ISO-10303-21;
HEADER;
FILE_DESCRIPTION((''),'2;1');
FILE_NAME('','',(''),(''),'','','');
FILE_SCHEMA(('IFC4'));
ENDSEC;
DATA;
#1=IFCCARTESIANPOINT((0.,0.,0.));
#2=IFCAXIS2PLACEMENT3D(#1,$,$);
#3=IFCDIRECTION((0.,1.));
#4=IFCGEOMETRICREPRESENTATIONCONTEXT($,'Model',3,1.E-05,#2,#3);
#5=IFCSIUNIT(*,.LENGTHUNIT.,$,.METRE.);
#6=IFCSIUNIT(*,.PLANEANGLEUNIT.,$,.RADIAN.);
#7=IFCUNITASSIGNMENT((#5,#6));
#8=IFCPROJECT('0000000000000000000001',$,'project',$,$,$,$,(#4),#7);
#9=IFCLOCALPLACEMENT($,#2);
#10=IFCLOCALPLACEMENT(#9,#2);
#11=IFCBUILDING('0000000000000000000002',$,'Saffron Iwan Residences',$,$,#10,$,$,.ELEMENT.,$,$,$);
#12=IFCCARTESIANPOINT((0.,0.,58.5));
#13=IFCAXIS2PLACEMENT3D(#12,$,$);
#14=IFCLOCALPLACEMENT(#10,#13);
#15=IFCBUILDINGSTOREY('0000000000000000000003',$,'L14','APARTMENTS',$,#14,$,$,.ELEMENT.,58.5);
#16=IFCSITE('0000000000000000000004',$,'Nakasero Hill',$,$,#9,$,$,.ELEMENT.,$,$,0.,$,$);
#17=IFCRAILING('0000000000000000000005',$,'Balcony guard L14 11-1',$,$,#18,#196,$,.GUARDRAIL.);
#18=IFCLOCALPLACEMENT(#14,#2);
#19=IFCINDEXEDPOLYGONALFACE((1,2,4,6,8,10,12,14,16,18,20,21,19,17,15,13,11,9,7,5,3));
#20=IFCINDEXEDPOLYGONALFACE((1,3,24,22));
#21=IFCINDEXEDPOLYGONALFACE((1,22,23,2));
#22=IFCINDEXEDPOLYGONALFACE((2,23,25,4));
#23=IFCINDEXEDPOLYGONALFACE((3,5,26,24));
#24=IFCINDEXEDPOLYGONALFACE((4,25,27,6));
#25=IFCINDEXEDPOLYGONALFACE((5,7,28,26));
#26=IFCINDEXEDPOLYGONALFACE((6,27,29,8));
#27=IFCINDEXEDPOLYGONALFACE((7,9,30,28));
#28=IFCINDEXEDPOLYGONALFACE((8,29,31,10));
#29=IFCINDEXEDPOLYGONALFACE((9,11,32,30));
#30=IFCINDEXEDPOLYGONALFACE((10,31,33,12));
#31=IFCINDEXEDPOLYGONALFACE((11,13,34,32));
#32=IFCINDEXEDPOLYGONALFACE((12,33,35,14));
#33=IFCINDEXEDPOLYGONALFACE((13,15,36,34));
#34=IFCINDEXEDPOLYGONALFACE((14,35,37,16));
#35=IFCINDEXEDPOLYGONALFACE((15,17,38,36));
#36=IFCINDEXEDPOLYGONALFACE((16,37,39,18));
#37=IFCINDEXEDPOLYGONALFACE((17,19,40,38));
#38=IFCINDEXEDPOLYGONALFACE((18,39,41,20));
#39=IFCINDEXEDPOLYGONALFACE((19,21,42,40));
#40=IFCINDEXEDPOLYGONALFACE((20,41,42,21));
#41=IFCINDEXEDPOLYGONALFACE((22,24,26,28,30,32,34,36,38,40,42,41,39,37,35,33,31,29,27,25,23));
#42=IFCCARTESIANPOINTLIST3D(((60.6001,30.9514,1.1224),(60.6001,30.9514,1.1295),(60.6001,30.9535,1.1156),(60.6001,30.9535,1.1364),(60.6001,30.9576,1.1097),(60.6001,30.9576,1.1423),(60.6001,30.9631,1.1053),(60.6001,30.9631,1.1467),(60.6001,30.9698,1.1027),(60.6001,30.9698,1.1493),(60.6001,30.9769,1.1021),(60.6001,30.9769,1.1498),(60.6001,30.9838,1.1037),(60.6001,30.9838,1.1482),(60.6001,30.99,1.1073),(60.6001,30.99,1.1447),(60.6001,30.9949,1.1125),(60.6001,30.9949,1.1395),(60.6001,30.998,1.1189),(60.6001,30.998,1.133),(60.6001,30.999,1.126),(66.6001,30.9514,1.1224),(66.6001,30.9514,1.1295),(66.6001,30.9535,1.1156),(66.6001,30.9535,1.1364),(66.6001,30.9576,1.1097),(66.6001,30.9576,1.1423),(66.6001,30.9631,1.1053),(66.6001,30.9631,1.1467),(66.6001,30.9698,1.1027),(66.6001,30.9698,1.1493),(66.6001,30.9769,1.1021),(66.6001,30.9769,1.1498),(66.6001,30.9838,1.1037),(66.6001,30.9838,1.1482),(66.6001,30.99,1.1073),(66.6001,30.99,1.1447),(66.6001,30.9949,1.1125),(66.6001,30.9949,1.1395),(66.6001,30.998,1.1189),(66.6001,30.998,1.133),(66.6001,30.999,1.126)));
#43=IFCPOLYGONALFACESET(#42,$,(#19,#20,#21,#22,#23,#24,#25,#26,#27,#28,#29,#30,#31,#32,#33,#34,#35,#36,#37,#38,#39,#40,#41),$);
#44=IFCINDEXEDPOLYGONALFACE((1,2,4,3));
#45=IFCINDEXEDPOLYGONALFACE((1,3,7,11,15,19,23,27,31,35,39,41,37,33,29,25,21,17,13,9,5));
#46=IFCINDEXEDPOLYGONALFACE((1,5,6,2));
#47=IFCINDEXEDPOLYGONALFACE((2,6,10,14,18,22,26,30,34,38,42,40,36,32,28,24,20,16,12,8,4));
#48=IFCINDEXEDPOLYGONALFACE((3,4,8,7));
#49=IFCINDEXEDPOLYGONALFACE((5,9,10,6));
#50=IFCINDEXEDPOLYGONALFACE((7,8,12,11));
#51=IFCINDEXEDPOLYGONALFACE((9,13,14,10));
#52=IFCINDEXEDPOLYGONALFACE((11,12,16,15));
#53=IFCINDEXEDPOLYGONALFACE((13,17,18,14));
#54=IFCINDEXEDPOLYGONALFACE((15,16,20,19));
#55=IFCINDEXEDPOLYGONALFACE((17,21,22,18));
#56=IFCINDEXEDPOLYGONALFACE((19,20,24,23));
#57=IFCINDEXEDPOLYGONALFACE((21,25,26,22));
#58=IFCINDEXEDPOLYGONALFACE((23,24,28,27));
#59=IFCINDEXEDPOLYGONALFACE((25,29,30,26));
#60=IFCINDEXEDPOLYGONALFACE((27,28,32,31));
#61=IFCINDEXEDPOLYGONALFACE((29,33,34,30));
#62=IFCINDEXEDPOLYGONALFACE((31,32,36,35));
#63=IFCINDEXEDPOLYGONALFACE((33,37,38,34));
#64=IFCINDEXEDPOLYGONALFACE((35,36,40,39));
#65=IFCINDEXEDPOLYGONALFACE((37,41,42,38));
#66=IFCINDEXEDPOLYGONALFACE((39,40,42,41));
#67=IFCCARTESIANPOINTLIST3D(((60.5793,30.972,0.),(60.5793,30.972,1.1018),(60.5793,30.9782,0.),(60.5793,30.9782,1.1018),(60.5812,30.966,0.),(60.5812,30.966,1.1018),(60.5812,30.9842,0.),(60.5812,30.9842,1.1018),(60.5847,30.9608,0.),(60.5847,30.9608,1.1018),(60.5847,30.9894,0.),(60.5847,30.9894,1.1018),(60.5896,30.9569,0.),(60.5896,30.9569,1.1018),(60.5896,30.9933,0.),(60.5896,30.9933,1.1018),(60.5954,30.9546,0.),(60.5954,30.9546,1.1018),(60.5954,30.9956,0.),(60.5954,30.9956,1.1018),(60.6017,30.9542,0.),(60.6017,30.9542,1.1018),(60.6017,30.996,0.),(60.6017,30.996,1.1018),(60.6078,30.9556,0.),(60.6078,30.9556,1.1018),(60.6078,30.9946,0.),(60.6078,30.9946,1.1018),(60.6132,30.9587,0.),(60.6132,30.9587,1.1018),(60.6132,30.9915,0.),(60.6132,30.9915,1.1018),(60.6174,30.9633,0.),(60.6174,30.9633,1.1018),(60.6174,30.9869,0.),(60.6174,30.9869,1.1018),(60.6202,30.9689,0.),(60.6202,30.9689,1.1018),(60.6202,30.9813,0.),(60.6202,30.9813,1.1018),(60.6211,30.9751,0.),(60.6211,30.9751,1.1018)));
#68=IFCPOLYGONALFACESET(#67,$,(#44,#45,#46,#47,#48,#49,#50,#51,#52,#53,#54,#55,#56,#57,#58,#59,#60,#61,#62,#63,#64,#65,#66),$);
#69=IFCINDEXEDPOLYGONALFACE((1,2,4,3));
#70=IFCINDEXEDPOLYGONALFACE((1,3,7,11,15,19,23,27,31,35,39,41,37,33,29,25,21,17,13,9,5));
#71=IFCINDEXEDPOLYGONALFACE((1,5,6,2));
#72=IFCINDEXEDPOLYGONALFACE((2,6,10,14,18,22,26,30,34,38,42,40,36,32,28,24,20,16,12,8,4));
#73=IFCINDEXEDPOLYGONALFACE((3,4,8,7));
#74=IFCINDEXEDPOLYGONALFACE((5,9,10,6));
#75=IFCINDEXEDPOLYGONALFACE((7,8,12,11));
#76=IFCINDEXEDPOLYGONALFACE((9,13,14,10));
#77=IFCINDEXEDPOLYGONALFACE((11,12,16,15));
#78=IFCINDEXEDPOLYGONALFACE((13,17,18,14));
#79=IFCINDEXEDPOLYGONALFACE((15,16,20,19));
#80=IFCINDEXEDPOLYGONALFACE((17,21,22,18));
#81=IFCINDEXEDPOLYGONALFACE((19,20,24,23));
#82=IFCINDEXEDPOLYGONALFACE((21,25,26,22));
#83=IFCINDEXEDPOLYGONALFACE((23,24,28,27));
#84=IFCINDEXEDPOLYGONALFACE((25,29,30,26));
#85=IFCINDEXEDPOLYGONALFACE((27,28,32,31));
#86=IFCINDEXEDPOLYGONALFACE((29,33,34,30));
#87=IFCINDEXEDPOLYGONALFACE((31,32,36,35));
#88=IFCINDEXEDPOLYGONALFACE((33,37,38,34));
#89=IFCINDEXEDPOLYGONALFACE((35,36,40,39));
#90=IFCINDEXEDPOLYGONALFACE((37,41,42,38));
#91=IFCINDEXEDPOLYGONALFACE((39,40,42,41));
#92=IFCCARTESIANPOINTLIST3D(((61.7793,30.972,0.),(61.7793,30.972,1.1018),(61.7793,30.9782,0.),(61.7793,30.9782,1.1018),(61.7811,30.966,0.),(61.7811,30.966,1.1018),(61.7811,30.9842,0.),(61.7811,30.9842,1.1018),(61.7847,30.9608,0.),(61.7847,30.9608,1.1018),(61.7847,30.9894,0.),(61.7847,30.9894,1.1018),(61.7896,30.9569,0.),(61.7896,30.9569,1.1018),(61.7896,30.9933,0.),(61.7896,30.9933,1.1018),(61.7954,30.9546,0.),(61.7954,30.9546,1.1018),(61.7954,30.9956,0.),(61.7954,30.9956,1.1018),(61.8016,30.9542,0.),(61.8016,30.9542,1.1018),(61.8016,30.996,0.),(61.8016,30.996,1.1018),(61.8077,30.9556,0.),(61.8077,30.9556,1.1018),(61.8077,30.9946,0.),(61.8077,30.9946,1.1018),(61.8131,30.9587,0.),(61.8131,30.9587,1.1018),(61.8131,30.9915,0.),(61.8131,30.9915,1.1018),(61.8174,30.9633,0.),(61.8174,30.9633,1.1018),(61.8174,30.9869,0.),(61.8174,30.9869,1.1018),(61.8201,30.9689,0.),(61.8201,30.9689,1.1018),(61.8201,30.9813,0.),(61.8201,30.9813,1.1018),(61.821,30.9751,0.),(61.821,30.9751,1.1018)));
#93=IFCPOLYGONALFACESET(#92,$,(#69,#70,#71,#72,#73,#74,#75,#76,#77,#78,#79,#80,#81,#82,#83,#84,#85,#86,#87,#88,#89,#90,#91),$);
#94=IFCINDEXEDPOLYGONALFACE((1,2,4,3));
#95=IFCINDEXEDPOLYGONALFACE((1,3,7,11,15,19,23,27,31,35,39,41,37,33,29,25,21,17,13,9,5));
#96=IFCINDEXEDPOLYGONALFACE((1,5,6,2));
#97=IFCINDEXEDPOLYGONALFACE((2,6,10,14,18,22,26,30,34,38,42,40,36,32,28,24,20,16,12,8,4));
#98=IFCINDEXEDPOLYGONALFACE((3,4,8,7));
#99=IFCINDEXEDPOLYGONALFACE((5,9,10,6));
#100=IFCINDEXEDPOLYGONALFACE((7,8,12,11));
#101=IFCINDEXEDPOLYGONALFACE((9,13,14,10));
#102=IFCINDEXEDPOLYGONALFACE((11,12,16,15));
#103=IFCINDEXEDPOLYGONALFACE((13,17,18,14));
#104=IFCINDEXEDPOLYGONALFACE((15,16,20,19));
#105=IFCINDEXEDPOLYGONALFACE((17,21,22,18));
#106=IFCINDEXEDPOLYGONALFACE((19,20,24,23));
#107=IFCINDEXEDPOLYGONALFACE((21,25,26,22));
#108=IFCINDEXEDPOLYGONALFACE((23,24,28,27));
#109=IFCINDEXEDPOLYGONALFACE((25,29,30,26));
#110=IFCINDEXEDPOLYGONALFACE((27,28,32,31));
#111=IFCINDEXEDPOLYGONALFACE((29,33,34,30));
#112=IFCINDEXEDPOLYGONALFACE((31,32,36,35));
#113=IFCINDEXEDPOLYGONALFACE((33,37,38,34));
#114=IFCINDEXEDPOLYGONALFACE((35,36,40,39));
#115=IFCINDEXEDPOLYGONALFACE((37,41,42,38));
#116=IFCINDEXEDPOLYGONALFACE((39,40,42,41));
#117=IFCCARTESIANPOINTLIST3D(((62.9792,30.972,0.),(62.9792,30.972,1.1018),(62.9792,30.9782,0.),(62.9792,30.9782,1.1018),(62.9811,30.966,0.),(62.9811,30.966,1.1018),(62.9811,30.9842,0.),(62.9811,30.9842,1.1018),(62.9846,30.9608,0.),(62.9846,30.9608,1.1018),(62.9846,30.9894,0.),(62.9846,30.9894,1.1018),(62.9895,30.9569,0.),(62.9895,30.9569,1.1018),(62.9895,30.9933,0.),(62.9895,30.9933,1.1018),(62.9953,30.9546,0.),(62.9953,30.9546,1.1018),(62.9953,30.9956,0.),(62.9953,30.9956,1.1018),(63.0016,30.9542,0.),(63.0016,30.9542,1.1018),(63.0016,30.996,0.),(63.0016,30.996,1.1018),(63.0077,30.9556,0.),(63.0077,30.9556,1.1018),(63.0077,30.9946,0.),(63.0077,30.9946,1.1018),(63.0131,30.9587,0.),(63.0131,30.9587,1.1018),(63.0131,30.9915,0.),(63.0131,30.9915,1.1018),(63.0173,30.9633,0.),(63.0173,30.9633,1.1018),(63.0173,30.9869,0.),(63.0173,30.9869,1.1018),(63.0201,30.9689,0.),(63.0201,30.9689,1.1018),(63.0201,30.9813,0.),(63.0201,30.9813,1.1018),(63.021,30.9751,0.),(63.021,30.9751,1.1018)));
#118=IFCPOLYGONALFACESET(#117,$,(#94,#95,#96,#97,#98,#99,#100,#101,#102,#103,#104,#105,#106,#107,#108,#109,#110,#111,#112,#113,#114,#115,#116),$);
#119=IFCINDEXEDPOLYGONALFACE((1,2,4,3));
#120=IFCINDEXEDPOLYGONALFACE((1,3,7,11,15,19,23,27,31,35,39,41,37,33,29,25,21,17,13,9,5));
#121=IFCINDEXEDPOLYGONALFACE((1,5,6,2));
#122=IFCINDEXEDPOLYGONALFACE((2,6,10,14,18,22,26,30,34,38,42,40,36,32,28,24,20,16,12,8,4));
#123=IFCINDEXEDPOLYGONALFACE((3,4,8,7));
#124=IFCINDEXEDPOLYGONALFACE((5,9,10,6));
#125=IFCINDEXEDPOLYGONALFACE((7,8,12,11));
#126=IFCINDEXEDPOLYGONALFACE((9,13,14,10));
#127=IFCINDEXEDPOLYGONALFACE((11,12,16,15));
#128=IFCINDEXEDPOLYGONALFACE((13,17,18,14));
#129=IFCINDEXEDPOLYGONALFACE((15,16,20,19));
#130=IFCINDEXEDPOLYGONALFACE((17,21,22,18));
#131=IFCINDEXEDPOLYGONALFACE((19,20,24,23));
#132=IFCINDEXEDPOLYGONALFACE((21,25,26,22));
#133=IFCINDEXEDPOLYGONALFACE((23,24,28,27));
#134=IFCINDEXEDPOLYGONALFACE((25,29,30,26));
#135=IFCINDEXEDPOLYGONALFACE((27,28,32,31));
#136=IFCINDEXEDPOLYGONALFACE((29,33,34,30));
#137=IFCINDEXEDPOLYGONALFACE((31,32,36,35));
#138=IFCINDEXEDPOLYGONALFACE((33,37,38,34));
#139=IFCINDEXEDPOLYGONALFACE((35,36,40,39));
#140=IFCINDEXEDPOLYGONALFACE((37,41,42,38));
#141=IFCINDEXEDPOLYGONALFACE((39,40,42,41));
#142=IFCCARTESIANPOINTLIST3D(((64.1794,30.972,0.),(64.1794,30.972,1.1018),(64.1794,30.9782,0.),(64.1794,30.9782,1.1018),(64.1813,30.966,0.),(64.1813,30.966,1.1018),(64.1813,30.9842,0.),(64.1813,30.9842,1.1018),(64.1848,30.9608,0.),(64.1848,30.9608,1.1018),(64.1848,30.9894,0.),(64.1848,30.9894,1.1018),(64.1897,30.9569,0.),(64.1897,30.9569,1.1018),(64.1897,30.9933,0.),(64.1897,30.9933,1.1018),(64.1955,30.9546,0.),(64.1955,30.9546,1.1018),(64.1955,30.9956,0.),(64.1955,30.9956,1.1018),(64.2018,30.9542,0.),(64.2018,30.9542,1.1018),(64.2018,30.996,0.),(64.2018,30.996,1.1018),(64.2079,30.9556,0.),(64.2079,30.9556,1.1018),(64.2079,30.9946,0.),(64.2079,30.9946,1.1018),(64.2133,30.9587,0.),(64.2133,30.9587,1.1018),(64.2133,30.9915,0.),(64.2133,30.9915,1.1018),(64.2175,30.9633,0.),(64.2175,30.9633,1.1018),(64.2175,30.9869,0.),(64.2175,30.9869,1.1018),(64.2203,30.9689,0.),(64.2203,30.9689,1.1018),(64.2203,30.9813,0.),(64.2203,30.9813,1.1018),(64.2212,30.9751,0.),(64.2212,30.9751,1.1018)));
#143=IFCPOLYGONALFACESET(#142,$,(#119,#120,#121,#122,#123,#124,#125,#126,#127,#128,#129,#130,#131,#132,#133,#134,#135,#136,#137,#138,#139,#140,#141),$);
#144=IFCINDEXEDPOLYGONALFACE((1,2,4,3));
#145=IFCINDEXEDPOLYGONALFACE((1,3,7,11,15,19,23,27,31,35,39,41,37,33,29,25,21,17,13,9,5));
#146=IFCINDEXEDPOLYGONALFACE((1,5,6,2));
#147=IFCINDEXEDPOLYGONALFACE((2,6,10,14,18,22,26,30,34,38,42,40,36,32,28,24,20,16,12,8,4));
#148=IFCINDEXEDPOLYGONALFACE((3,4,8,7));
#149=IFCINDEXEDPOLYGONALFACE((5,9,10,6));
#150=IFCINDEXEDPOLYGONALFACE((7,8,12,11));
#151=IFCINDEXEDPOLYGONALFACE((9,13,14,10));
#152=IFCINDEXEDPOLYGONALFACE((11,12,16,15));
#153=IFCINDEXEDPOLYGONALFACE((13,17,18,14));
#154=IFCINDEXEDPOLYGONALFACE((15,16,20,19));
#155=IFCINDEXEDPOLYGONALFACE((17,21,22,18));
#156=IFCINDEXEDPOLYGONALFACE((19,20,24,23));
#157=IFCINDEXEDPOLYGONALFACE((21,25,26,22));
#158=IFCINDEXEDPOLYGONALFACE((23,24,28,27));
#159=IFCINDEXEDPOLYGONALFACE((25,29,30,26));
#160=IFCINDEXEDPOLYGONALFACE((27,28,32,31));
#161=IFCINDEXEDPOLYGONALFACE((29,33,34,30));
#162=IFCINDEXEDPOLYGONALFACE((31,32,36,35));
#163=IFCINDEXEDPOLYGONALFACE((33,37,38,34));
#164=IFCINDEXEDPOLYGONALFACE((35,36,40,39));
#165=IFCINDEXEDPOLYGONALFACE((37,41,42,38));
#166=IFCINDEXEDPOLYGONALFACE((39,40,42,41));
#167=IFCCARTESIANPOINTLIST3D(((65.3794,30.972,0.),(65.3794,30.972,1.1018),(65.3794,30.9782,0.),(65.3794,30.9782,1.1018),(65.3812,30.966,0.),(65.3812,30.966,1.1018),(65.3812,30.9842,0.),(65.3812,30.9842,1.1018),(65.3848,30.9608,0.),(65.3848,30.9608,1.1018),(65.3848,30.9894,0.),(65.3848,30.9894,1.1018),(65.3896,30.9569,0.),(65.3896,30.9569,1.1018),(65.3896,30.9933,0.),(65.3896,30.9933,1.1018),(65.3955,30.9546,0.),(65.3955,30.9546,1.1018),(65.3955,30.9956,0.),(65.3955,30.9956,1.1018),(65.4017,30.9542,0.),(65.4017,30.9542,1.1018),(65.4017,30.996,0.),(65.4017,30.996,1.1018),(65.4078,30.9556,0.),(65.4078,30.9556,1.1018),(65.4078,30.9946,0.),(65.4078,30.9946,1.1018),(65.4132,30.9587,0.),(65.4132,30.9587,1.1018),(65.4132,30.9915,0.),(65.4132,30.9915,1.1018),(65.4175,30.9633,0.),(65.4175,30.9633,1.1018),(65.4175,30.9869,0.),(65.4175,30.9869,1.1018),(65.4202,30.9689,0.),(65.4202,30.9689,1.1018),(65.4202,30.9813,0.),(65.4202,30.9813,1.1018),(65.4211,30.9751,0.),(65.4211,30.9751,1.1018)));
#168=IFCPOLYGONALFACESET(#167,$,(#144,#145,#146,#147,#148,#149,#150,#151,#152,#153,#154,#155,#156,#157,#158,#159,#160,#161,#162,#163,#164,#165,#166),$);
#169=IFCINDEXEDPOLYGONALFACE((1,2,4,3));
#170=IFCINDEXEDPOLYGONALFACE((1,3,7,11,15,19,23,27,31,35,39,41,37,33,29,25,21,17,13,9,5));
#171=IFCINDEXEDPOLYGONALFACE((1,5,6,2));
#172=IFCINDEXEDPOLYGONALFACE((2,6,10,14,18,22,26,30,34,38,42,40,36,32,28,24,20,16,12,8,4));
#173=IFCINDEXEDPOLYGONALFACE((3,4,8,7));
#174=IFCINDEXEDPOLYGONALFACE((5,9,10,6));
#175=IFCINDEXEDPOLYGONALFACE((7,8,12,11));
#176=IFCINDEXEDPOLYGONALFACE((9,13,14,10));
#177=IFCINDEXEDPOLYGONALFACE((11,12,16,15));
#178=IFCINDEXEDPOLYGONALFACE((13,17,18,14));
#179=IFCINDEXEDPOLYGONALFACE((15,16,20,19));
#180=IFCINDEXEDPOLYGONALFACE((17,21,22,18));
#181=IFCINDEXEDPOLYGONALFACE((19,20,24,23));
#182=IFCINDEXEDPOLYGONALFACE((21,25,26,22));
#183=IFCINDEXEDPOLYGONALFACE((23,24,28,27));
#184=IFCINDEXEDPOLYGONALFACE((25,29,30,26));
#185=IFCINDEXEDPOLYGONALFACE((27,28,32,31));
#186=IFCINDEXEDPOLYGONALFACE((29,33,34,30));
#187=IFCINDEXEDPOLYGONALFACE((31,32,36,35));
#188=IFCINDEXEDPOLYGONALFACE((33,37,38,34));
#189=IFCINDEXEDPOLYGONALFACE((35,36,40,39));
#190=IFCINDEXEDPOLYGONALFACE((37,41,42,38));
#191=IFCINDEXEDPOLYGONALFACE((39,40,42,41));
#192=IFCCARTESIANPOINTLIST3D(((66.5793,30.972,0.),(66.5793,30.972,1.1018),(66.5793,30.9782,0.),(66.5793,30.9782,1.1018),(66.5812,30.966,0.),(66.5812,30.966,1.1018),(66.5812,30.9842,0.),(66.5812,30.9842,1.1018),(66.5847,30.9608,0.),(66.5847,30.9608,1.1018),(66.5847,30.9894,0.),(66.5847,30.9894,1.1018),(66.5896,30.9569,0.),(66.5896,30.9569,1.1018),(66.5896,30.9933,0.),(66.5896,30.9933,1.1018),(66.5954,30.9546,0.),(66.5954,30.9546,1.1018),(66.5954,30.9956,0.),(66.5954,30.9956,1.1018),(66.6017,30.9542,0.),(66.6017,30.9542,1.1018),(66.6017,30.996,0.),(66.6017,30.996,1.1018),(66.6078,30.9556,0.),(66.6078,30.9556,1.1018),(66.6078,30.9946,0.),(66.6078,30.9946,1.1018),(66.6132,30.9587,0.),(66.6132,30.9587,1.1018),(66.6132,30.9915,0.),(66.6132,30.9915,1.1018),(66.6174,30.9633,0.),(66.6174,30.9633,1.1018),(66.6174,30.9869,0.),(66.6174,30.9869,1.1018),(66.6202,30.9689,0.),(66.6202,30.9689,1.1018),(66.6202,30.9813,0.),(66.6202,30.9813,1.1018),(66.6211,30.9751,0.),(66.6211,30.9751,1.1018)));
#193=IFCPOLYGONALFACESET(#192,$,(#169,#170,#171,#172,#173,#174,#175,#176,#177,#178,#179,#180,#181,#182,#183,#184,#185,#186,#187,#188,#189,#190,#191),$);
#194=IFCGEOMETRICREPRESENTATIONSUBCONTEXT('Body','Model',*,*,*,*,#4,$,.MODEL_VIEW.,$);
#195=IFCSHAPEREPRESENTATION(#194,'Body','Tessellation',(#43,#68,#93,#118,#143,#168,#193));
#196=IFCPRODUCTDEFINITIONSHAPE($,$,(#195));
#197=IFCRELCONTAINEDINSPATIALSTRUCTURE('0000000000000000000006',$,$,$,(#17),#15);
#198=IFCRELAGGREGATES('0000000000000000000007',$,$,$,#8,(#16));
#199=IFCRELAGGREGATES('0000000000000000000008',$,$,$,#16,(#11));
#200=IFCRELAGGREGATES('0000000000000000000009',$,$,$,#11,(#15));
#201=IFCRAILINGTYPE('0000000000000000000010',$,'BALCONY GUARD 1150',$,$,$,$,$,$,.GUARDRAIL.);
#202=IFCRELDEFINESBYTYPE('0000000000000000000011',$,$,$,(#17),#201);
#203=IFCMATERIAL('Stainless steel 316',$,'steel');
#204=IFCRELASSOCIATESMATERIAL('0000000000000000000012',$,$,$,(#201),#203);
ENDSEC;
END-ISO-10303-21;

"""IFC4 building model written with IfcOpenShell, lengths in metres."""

from ifc_helpers import new_model, si_unit, direction, frame, origin, origin_2d, place, context, subcontext, project, spatial, circle, extrude, material, type_object, element, save


model = new_model("IFC4")

# Units and contexts
model_context = context("Model", 3, precision=1e-05, world=origin(), true_north=direction((0.0, 1.0)))
body_context = subcontext(model_context, "Body", "Model", "MODEL_VIEW")
ifc_project = project(units=[si_unit("LENGTHUNIT", "METRE"), si_unit("PLANEANGLEUNIT", "RADIAN")], contexts=[model_context])

# Site, building, storey
site_placement = place(None, origin())
site = spatial("IfcSite", under=ifc_project, at=site_placement, Name="Nakasero Hill", CompositionType="ELEMENT", RefElevation=0.0)
building_placement = place(site_placement, origin())
building = spatial("IfcBuilding", under=site, at=building_placement, Name="Saffron Iwan Residences", CompositionType="ELEMENT")
storey_placement = place(building_placement, frame((0.0, 0.0, 58.5)))
storey = spatial("IfcBuildingStorey", under=building, at=storey_placement, Name="L14", Description="APARTMENTS", CompositionType="ELEMENT", Elevation=58.5)

# Railing
ifc_material_1 = material(Name="Stainless steel 316", Category="steel")
railing_type = type_object("IfcRailingType", Name="BALCONY GUARD 1150", PredefinedType="GUARDRAIL", material=ifc_material_1)
railing_placement = place(storey_placement, frame((60.6001, 30.9751, 0.0)))
element("IfcRailing", 1, at=railing_placement, inside=storey, type_object=railing_type, Name="Balcony guard L14 11-1", PredefinedType="GUARDRAIL", context=body_context, shape_type="SweptSolid", body=[
    extrude(circle(Radius=0.0239, at=origin_2d()), frame((0.0, 0.0, 1.126), z_axis=(1.0, 0.0, 0.0), x_axis=(0.0, 1.0, 0.0)), (0.0, 0.0, 1.0), 6.0),
    extrude(circle(Radius=0.021, at=origin_2d()), origin(), (0.0, 0.0, 1.0), 1.1018),
    extrude(circle(Radius=0.021, at=origin_2d()), frame((1.2, 0.0, 0.0)), (0.0, 0.0, 1.0), 1.1018),
    extrude(circle(Radius=0.021, at=origin_2d()), frame((2.3999, 0.0, 0.0)), (0.0, 0.0, 1.0), 1.1018),
    extrude(circle(Radius=0.021, at=origin_2d()), frame((3.6001, 0.0, 0.0)), (0.0, 0.0, 1.0), 1.1018),
    extrude(circle(Radius=0.021, at=origin_2d()), frame((4.8, 0.0, 0.0)), (0.0, 0.0, 1.0), 1.1018),
    extrude(circle(Radius=0.021, at=origin_2d()), frame((6.0, 0.0, 0.0)), (0.0, 0.0, 1.0), 1.1018),
])

save(model, "model.ifc")
